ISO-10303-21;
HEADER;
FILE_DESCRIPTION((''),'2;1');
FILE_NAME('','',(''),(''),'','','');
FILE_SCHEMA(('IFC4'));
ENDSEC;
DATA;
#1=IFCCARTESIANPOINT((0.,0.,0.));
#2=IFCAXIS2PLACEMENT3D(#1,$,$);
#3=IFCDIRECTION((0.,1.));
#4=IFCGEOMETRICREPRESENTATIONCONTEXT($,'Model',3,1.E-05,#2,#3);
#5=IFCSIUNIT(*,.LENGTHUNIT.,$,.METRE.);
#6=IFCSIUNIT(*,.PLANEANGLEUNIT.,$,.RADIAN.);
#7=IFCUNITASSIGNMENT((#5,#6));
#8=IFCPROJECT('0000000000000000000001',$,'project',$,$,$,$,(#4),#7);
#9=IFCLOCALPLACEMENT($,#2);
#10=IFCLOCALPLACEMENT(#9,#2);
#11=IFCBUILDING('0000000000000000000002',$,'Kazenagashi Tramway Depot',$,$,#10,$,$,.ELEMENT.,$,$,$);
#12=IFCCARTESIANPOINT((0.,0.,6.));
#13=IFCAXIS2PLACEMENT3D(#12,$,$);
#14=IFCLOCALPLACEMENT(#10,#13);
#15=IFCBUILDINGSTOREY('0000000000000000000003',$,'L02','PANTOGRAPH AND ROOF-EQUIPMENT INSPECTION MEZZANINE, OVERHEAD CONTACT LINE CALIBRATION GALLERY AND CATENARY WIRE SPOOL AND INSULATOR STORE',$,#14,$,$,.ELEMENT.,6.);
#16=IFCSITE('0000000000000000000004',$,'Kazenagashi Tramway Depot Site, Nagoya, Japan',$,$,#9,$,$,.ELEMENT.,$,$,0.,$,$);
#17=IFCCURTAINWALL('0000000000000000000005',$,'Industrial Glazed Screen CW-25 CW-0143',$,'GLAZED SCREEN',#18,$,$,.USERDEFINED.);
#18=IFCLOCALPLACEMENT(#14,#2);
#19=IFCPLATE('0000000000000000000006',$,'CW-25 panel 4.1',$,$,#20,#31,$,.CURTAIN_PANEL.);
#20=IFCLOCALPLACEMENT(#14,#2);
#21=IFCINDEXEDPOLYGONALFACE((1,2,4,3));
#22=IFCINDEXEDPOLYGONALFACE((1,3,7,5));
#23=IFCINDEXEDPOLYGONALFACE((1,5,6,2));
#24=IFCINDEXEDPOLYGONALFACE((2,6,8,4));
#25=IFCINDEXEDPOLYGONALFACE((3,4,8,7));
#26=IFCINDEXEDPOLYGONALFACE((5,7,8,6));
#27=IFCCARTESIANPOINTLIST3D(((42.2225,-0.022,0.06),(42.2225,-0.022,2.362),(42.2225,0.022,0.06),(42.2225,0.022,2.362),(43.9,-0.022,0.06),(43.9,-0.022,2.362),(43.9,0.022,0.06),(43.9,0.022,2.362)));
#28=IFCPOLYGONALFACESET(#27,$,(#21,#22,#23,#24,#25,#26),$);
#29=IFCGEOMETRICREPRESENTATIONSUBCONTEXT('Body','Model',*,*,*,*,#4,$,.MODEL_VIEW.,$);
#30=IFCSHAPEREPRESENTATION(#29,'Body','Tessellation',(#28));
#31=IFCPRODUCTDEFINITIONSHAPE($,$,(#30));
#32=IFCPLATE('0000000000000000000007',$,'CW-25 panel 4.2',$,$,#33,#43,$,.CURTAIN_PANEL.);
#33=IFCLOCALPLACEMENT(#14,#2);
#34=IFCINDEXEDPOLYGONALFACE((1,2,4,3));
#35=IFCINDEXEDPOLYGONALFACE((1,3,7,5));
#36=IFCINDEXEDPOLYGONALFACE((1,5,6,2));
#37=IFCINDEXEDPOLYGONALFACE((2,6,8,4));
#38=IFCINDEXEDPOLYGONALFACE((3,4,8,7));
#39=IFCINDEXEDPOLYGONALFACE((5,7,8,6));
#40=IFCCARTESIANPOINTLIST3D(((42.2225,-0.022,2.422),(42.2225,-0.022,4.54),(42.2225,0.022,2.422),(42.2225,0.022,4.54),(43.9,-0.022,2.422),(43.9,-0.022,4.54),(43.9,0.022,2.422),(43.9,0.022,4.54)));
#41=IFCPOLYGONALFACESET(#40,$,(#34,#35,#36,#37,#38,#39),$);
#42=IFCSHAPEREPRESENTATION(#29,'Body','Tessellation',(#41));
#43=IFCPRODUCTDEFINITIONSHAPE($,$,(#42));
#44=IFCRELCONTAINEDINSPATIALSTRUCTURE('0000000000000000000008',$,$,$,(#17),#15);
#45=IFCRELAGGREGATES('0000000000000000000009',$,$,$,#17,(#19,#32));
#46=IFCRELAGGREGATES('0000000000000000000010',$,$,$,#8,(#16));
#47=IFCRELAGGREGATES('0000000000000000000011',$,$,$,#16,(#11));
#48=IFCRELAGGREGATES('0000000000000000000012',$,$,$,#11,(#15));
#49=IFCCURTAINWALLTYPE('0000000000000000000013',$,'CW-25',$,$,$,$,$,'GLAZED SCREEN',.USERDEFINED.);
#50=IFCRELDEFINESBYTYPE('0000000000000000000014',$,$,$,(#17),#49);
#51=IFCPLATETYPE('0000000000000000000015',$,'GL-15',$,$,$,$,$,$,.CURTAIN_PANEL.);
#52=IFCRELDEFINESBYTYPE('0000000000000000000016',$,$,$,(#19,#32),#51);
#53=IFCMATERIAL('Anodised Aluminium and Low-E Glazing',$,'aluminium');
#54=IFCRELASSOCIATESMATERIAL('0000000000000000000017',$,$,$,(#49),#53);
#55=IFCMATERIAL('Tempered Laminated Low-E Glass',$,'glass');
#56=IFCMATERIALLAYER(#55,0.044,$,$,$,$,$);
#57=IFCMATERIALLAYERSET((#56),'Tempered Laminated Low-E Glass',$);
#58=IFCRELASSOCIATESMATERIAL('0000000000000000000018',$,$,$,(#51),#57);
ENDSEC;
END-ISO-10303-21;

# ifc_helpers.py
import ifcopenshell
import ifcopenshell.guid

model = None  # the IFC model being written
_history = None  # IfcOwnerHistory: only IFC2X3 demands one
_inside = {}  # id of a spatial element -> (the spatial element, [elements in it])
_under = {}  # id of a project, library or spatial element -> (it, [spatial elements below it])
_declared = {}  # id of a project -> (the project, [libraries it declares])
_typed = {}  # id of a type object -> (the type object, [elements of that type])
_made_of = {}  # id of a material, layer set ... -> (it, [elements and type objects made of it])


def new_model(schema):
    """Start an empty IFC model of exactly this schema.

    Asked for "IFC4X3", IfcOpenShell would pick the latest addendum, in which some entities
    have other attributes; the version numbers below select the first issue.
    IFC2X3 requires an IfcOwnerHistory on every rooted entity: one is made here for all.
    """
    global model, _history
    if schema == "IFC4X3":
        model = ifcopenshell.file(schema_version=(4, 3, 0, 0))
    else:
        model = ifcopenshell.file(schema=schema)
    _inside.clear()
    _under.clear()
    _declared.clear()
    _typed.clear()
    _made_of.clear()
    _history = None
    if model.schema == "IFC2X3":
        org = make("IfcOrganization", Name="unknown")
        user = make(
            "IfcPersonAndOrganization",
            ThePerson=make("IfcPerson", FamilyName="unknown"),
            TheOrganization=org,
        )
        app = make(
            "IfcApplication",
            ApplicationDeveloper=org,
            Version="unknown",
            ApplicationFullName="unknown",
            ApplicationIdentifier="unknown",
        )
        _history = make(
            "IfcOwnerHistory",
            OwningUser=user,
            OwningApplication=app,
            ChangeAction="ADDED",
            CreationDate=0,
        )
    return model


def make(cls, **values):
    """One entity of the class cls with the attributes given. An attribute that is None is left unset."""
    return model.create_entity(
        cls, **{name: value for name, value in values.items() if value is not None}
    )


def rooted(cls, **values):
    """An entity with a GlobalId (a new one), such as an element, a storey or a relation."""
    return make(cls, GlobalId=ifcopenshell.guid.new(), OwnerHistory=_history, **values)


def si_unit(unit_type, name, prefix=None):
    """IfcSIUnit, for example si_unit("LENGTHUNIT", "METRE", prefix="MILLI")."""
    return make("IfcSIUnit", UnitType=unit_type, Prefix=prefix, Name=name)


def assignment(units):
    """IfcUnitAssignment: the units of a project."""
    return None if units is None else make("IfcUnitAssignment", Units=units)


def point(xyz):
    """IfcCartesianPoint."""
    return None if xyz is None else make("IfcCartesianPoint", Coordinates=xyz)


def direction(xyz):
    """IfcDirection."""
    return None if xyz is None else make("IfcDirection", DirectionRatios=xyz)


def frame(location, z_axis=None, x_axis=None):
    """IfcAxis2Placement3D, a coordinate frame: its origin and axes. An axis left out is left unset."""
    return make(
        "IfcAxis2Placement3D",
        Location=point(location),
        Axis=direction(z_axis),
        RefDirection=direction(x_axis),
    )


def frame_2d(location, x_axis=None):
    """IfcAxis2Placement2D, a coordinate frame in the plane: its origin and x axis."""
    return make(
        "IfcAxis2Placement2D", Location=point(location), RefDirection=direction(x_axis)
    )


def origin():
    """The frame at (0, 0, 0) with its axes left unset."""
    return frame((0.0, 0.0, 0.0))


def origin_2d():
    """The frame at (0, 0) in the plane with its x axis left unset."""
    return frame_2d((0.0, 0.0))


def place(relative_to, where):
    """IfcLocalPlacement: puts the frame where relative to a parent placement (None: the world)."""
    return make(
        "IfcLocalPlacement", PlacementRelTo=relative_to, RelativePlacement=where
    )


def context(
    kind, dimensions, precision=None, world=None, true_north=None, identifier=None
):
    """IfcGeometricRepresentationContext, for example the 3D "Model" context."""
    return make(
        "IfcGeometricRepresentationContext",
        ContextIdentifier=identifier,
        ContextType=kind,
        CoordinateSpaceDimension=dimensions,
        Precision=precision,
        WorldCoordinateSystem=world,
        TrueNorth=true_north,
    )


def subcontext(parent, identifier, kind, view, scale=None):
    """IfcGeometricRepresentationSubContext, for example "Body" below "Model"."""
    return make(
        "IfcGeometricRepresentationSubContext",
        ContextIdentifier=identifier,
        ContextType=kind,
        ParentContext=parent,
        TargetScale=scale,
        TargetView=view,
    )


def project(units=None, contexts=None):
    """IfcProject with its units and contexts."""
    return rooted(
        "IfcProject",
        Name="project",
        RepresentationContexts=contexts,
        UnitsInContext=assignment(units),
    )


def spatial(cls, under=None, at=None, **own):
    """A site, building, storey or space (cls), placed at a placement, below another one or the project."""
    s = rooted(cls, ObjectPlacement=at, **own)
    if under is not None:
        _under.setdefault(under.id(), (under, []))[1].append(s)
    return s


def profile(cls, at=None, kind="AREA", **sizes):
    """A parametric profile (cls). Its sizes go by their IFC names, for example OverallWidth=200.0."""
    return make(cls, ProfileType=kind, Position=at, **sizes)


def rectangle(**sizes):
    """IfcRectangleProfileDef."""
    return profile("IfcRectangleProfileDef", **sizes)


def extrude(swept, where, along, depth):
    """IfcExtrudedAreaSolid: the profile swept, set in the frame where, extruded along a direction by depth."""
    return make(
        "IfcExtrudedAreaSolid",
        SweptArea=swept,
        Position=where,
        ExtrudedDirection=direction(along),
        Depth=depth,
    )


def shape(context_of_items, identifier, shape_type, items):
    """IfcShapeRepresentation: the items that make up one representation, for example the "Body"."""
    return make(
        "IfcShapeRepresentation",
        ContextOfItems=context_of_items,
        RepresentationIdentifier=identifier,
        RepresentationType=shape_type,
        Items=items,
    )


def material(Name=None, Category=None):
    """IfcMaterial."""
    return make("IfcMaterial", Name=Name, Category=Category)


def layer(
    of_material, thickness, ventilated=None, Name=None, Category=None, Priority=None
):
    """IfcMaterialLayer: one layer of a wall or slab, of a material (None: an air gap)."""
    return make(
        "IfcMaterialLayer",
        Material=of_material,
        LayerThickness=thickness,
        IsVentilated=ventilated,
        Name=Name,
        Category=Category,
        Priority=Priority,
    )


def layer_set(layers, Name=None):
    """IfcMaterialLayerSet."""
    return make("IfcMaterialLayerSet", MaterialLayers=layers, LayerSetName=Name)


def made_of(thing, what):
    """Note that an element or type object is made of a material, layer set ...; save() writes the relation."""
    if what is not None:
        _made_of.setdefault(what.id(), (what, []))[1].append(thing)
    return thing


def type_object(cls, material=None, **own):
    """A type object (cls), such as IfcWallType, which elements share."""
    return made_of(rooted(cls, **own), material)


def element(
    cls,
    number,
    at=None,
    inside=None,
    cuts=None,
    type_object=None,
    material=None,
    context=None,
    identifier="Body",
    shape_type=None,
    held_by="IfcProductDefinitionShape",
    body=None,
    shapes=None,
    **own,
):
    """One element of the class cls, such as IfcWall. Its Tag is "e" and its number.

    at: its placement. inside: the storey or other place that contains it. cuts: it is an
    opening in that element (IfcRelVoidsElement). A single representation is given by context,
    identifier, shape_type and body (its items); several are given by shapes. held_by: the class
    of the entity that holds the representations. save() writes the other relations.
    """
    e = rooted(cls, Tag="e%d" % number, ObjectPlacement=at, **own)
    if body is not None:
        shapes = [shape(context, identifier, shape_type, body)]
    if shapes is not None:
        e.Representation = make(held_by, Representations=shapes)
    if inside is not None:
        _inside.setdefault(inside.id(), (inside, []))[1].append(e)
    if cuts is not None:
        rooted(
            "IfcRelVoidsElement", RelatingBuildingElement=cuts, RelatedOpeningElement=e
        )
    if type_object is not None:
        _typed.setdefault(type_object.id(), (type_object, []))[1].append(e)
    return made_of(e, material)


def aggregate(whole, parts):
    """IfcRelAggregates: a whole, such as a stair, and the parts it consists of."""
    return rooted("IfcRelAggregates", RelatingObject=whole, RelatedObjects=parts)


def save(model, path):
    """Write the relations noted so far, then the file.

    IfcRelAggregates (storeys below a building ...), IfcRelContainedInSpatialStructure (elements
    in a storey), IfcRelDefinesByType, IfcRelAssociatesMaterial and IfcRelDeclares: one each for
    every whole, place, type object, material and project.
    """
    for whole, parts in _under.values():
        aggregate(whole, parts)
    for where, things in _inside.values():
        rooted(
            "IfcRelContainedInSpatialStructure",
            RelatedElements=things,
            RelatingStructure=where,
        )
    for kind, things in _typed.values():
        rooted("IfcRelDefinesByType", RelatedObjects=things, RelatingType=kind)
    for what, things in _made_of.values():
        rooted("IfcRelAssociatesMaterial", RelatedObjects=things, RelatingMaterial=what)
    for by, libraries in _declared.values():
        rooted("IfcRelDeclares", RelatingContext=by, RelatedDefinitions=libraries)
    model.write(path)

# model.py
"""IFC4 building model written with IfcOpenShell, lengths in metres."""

from ifc_helpers import new_model, si_unit, direction, frame, origin, origin_2d, place, context, subcontext, project, spatial, rectangle, extrude, material, layer, layer_set, type_object, element, aggregate, save


model = new_model("IFC4")

# Units and contexts
model_context = context("Model", 3, precision=1e-05, world=origin(), true_north=direction((0.0, 1.0)))
body_context = subcontext(model_context, "Body", "Model", "MODEL_VIEW")
ifc_project = project(units=[si_unit("LENGTHUNIT", "METRE"), si_unit("PLANEANGLEUNIT", "RADIAN")], contexts=[model_context])

# Site, building, storey
site_placement = place(None, origin())
site = spatial("IfcSite", under=ifc_project, at=site_placement, Name="Kazenagashi Tramway Depot Site, Nagoya, Japan", CompositionType="ELEMENT", RefElevation=0.0)
building_placement = place(site_placement, origin())
building = spatial("IfcBuilding", under=site, at=building_placement, Name="Kazenagashi Tramway Depot", CompositionType="ELEMENT")
storey_placement = place(building_placement, frame((0.0, 0.0, 6.0)))
storey = spatial("IfcBuildingStorey", under=building, at=storey_placement, Name="L02", Description="PANTOGRAPH AND ROOF-EQUIPMENT INSPECTION MEZZANINE, OVERHEAD CONTACT LINE CALIBRATION GALLERY AND CATENARY WIRE SPOOL AND INSULATOR STORE", CompositionType="ELEMENT", Elevation=6.0)

# Shared definitions
ifc_material_1 = material(Name="Anodised Aluminium and Low-E Glazing", Category="aluminium")

# Curtain wall
curtain_wall_type_1 = type_object("IfcCurtainWallType", Name="CW-25", ElementType="GLAZED SCREEN", PredefinedType="USERDEFINED", material=ifc_material_1)
curtain_wall_1_placement = place(storey_placement, origin())
curtain_wall_1 = element("IfcCurtainWall", 1, at=curtain_wall_1_placement, inside=storey, type_object=curtain_wall_type_1, Name="Industrial Glazed Screen CW-25 CW-0143", ObjectType="GLAZED SCREEN", PredefinedType="USERDEFINED")

# Plates
ifc_material_2 = material(Name="Tempered Laminated Low-E Glass", Category="glass")
ifc_layer_1 = layer(ifc_material_2, 0.044)
ifc_layer_set_1 = layer_set([ifc_layer_1], Name="Tempered Laminated Low-E Glass")
plate_type_1 = type_object("IfcPlateType", Name="GL-15", PredefinedType="CURTAIN_PANEL", material=ifc_layer_set_1)
plate_1_placement = place(storey_placement, frame((43.0613, 0.0, 0.06), z_axis=(0.0, 0.0, 1.0), x_axis=(1.0, 0.0, 0.0)))
plate_1 = element("IfcPlate", 2, at=plate_1_placement, type_object=plate_type_1, Name="CW-25 panel 4.1", PredefinedType="CURTAIN_PANEL", context=body_context, shape_type="SweptSolid", body=[
    extrude(rectangle(XDim=1.6775, YDim=0.044, at=origin_2d()), origin(), (0.0, 0.0, 1.0), 2.302),
])
plate_2_placement = place(storey_placement, frame((43.0613, 0.0, 2.422), z_axis=(0.0, 0.0, 1.0), x_axis=(1.0, 0.0, 0.0)))
plate_2 = element("IfcPlate", 3, at=plate_2_placement, type_object=plate_type_1, Name="CW-25 panel 4.2", PredefinedType="CURTAIN_PANEL", context=body_context, shape_type="SweptSolid", body=[
    extrude(rectangle(XDim=1.6775, YDim=0.044, at=origin_2d()), origin(), (0.0, 0.0, 1.0), 2.118),
])
aggregate(curtain_wall_1, [plate_1, plate_2])

save(model, "model.ifc")
